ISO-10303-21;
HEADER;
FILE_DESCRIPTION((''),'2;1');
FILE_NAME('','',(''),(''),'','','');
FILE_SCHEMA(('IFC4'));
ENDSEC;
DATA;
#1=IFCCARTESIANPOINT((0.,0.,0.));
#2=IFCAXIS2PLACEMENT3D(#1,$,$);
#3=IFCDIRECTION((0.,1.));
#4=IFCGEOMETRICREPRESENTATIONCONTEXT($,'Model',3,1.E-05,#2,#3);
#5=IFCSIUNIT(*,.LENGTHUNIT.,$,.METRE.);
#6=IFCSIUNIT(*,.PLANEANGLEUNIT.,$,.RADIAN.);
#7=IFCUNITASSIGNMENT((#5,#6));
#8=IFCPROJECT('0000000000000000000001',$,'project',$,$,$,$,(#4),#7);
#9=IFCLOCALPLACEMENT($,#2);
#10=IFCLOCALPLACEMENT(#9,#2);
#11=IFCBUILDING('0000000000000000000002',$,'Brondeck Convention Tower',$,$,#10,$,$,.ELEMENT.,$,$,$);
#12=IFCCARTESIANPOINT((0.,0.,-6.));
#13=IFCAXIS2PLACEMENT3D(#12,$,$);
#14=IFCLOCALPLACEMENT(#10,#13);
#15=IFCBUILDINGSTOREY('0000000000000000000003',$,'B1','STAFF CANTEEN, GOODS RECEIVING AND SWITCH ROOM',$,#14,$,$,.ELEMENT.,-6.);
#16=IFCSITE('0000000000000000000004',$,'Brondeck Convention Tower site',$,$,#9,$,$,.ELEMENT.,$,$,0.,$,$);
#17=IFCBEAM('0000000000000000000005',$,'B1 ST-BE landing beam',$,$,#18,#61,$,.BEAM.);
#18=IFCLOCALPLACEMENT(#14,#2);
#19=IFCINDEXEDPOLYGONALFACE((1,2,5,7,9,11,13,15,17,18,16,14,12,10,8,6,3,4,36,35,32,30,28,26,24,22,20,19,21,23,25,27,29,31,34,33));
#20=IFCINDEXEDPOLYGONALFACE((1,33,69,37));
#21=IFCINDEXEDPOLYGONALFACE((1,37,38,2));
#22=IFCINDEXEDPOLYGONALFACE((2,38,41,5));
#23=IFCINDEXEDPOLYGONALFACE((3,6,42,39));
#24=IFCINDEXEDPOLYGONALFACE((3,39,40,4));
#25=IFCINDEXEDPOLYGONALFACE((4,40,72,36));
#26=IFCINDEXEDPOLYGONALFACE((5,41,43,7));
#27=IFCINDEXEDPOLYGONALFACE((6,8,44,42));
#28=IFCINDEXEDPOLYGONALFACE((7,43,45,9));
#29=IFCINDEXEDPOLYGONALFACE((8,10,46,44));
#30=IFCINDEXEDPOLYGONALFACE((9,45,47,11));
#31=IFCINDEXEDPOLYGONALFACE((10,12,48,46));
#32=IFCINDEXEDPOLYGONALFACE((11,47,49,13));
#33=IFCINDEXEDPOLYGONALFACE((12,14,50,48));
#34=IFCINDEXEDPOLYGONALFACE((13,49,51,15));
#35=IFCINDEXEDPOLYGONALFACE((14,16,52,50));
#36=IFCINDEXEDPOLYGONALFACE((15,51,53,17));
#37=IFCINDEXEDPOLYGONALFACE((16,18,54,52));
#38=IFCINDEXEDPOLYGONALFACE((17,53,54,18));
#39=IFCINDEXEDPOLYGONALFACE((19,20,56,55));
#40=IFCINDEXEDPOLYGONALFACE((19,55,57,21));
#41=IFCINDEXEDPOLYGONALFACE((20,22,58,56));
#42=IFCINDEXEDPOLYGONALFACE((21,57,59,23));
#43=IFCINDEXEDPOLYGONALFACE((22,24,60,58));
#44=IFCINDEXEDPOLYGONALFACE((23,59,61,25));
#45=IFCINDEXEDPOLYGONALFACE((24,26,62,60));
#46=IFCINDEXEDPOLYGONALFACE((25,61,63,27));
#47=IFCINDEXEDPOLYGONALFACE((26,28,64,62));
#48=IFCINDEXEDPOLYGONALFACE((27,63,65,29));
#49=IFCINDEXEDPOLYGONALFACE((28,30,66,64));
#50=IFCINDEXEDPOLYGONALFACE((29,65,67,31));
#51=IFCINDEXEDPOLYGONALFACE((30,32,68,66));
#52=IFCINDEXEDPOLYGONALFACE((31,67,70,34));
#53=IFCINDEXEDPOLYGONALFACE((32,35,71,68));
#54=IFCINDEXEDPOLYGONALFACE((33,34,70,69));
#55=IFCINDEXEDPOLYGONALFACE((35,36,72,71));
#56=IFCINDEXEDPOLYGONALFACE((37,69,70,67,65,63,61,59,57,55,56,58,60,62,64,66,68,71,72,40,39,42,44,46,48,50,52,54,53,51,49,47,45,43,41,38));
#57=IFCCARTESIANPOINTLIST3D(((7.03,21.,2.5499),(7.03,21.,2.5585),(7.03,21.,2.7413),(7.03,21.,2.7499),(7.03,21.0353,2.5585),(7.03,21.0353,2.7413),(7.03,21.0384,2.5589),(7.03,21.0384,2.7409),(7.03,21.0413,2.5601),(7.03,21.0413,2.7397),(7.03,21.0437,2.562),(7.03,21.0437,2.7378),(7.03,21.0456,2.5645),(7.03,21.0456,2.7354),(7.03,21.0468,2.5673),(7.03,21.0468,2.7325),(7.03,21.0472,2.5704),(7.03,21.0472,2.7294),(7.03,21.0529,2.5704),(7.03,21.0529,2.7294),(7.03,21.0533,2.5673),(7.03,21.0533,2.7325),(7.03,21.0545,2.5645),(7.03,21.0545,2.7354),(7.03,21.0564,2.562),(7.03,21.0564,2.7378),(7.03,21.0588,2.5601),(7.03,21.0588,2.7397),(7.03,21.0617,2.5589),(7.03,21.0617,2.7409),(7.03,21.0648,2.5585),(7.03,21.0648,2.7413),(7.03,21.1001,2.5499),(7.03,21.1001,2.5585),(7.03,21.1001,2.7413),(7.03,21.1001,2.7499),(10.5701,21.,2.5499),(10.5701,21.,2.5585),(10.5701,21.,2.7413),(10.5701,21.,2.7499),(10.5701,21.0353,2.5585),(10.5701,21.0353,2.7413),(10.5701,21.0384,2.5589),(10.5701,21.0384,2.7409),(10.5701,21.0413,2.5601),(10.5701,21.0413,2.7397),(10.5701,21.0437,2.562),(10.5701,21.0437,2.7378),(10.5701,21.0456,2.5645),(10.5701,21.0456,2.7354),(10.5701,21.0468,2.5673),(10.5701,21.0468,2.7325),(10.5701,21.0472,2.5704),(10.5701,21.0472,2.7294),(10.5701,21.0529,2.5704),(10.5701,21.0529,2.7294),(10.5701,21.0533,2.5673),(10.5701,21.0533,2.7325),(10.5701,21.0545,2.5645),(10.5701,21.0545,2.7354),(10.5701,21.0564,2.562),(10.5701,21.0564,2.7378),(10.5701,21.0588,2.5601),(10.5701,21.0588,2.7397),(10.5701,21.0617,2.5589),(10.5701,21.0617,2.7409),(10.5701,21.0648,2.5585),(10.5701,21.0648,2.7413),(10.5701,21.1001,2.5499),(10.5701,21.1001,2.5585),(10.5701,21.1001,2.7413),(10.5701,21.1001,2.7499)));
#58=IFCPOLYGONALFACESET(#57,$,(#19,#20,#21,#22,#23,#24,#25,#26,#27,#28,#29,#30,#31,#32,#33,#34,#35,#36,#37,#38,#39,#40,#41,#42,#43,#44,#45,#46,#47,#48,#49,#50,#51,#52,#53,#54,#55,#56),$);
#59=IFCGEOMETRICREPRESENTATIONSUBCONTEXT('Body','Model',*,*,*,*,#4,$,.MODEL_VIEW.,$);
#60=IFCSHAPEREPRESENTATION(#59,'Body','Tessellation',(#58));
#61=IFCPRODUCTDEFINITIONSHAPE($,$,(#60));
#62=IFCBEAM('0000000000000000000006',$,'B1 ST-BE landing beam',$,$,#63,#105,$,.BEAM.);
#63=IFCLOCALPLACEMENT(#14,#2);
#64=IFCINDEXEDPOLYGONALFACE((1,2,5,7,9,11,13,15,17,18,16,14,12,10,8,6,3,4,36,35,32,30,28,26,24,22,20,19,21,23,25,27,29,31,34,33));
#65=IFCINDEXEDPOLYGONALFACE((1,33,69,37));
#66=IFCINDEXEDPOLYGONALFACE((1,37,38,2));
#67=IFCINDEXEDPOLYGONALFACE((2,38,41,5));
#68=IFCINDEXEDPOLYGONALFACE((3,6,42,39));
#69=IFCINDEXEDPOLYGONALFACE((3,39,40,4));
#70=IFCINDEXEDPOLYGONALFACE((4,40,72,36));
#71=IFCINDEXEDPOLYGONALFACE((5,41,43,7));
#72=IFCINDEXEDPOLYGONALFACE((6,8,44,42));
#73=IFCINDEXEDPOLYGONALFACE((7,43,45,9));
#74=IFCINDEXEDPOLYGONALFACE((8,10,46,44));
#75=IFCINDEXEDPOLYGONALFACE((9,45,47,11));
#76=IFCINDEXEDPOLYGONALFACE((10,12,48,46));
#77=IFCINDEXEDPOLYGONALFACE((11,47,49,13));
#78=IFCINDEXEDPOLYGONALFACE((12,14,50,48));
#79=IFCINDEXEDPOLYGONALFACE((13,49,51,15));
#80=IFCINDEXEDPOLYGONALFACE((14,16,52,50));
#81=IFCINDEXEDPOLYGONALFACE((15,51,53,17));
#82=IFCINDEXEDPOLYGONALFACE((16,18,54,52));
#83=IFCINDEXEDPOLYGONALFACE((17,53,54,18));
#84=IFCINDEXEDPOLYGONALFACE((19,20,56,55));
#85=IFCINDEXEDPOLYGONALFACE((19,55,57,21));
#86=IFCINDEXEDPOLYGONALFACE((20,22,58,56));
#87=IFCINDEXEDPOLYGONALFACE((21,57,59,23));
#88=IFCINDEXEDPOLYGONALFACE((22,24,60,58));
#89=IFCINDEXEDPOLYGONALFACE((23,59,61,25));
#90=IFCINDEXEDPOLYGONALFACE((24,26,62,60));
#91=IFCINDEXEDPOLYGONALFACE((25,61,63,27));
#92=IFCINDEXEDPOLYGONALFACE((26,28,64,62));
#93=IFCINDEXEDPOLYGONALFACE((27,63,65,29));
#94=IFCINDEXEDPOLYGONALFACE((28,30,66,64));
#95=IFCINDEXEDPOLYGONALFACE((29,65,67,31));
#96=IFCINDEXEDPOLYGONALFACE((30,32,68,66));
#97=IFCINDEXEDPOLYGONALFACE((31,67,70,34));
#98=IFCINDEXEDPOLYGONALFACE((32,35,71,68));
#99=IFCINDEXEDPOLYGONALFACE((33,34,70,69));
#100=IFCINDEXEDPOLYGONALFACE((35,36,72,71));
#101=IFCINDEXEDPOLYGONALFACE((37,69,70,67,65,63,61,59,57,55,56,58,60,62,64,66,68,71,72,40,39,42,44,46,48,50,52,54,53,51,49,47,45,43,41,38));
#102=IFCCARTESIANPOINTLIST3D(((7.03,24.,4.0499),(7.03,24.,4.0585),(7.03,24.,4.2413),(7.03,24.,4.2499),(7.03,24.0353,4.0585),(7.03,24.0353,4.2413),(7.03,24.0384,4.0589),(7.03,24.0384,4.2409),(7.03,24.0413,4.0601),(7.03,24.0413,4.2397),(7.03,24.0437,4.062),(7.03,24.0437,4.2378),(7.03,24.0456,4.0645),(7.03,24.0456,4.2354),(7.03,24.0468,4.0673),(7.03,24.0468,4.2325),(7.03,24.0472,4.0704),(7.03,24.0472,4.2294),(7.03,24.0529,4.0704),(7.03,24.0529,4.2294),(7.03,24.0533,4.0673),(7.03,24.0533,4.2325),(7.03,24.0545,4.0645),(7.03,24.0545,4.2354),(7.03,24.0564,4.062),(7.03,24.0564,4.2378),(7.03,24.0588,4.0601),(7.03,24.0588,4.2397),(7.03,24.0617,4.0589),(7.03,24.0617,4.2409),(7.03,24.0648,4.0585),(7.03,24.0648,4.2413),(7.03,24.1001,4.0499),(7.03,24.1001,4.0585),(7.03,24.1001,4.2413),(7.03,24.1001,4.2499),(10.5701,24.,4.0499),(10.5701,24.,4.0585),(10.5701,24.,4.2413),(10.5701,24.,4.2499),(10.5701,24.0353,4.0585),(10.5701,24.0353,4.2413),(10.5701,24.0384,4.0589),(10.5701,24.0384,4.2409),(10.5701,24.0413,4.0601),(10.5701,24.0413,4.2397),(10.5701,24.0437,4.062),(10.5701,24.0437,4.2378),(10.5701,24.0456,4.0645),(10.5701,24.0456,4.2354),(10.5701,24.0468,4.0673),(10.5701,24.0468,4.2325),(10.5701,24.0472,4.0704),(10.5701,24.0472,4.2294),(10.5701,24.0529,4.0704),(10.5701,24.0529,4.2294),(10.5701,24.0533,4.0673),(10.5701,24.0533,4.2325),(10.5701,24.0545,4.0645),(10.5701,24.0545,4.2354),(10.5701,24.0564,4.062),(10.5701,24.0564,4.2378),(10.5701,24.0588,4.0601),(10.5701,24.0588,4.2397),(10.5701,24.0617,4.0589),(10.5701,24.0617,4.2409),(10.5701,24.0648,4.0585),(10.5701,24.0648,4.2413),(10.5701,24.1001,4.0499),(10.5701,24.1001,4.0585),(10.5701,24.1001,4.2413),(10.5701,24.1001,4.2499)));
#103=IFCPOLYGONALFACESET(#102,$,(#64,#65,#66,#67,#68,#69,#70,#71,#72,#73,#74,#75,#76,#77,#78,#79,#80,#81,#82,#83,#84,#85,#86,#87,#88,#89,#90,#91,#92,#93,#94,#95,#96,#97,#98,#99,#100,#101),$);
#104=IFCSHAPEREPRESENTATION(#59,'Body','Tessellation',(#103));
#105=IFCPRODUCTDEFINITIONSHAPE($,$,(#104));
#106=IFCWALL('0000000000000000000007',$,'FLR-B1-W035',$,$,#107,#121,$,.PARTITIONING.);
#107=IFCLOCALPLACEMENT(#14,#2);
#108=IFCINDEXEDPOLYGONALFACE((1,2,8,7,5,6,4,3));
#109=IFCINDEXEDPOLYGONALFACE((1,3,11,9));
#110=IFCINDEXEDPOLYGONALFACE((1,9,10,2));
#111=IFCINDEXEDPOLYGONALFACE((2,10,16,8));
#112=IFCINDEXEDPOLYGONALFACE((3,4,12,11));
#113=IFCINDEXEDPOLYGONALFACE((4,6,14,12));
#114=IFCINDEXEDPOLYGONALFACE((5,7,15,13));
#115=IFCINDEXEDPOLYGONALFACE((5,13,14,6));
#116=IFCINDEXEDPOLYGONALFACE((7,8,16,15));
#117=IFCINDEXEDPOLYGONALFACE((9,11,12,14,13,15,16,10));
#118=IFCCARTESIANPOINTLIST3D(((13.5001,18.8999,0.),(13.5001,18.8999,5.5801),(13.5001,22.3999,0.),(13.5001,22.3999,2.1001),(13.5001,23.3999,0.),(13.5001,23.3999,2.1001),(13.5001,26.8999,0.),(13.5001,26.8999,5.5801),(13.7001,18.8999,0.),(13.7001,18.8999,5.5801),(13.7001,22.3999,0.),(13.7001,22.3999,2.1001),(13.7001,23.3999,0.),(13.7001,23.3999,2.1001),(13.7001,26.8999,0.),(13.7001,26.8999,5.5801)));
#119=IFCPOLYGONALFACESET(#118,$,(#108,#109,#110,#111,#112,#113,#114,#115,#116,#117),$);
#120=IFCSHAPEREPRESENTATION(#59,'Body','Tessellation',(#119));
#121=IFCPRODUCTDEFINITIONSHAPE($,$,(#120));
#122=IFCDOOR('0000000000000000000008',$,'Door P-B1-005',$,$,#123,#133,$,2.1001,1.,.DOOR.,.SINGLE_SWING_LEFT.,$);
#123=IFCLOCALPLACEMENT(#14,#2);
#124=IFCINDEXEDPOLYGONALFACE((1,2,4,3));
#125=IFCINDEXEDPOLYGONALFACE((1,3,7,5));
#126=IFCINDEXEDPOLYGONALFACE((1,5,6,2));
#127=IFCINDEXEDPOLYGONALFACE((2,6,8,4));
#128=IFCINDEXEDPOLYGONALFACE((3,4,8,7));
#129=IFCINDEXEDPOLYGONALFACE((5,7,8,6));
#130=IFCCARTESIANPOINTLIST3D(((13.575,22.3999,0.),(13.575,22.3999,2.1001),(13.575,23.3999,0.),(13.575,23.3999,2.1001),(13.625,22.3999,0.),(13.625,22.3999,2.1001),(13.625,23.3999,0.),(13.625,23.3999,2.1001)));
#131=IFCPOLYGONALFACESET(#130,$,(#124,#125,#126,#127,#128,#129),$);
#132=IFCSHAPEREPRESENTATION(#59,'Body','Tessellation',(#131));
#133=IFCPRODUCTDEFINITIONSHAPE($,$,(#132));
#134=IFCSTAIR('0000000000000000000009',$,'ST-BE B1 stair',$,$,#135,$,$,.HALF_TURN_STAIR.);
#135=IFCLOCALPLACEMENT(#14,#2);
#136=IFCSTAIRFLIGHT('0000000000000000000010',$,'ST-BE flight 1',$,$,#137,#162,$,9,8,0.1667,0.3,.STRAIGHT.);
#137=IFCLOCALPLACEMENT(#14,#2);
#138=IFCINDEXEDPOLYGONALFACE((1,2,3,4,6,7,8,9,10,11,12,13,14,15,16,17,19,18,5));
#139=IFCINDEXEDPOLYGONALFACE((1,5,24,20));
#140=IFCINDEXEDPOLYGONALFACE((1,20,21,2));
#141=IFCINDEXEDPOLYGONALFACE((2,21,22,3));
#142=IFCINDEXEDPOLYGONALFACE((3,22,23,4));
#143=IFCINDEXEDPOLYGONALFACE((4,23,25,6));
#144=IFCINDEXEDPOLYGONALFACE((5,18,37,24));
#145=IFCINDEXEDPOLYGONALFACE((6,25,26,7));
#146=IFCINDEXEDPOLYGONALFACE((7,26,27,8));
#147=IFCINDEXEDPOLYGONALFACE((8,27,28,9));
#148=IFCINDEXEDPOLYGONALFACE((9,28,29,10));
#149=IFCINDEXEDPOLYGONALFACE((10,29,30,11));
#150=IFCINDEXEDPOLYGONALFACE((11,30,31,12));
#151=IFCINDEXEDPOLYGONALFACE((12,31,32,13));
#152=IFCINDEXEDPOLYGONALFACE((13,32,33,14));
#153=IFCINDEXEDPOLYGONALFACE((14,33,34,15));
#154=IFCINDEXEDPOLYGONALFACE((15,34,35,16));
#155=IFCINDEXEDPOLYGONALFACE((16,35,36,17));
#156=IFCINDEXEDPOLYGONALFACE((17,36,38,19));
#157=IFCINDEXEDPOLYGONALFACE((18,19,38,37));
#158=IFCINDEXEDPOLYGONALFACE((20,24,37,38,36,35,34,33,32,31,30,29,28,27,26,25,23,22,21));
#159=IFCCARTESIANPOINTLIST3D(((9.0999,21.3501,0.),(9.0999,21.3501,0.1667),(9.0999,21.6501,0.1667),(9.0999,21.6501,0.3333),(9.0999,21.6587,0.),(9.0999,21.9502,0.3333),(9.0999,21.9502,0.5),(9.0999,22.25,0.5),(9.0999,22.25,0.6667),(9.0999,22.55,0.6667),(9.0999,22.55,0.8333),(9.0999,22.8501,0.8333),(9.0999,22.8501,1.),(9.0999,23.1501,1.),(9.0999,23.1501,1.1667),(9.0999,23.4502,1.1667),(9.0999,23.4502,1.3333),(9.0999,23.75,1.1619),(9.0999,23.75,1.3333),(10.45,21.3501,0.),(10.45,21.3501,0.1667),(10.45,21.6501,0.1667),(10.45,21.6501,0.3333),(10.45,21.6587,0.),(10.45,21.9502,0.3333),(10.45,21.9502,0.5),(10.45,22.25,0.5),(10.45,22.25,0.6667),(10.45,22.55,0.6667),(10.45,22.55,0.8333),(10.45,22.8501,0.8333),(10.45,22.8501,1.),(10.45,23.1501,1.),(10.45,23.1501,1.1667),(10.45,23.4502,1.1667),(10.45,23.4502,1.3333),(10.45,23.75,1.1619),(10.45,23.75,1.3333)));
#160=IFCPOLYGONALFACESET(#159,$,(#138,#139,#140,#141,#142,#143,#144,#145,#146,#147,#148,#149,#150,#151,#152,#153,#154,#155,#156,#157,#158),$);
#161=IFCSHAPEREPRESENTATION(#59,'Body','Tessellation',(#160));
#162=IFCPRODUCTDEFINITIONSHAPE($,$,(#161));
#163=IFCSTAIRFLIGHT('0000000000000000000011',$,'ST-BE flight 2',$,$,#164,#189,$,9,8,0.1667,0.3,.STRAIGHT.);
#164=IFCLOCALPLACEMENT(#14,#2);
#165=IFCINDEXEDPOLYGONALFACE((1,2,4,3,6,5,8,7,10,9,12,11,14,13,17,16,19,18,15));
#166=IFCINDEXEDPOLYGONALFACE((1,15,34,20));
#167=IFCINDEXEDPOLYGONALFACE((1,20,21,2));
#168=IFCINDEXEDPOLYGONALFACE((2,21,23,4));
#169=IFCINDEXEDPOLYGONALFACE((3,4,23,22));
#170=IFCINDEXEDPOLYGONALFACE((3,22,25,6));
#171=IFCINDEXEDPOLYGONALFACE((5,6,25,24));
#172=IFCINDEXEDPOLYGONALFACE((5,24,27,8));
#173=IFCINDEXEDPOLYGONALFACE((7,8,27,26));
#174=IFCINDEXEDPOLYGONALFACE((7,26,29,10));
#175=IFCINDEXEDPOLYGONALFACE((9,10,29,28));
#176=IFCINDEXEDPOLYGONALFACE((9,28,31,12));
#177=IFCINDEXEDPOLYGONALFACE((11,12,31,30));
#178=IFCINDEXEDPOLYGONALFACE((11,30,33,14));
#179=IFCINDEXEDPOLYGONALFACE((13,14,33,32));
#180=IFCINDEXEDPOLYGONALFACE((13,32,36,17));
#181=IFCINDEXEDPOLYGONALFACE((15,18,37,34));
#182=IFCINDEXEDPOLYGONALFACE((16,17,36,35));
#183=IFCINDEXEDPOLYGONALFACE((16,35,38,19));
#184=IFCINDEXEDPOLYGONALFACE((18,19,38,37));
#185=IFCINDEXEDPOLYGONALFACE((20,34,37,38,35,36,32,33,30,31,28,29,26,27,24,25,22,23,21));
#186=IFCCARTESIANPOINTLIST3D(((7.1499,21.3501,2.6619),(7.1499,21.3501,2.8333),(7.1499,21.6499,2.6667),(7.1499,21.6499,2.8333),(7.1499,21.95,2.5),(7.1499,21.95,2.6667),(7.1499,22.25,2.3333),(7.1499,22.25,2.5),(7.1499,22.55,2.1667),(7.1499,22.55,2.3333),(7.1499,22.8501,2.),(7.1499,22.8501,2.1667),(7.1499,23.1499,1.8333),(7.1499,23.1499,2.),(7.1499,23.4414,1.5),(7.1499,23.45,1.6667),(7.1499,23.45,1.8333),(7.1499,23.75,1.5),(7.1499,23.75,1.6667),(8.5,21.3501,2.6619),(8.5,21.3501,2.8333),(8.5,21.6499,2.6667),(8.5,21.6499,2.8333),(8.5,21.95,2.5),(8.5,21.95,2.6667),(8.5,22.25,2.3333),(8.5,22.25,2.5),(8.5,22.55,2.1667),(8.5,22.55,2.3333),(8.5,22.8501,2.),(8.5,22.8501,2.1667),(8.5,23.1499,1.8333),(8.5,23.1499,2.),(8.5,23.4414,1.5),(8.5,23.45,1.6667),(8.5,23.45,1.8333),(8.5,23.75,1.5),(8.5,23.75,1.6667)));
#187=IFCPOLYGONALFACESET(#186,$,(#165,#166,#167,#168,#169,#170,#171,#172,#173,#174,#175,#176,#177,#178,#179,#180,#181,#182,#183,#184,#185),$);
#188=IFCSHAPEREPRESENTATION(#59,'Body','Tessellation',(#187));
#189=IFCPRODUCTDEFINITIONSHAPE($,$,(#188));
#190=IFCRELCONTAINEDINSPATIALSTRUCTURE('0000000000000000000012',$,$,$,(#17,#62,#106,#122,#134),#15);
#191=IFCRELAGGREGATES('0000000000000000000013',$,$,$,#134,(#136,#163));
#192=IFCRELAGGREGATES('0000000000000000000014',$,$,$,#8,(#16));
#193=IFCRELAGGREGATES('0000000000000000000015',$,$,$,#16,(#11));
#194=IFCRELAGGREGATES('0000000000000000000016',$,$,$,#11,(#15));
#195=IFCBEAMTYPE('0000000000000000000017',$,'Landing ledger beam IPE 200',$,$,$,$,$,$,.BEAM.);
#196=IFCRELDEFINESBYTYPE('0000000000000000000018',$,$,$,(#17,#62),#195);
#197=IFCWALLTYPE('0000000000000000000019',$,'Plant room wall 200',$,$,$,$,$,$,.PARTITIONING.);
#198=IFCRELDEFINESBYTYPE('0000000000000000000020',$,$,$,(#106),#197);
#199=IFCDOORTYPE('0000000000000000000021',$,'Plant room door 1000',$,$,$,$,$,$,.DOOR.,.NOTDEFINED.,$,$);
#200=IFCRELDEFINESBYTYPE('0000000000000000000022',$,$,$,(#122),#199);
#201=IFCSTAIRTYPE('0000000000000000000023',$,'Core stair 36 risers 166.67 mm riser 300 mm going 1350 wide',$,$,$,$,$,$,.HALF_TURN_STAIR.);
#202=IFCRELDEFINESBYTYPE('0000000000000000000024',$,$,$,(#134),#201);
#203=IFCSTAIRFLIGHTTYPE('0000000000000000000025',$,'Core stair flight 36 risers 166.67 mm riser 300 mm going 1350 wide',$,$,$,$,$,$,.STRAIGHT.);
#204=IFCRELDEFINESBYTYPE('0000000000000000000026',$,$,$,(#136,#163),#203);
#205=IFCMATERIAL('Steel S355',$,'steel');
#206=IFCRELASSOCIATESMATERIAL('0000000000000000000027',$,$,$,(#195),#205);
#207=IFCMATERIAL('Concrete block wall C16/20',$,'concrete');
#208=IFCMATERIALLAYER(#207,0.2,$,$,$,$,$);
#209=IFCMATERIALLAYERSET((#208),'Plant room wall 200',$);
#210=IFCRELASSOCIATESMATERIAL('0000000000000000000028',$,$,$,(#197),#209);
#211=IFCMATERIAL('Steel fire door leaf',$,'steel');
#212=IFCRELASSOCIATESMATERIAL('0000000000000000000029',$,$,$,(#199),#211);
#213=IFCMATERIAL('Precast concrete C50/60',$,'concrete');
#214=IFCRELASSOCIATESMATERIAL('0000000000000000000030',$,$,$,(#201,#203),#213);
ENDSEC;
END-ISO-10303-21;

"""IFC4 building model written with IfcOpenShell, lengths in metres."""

from ifc_helpers import new_model, si_unit, direction, frame, frame_2d, origin, origin_2d, place, context, subcontext, project, spatial, polyline, rectangle, i_section, outline, extrude, material, layer, layer_set, material_profile, profile_set, type_object, element, fill, aggregate, save


model = new_model("IFC4")

# Units and contexts
model_context = context("Model", 3, precision=1e-05, world=origin(), true_north=direction((0.0, 1.0)))
body_context = subcontext(model_context, "Body", "Model", "MODEL_VIEW")
ifc_project = project(units=[si_unit("LENGTHUNIT", "METRE"), si_unit("PLANEANGLEUNIT", "RADIAN")], contexts=[model_context])

# Site, building, storey
site_placement = place(None, origin())
site = spatial("IfcSite", under=ifc_project, at=site_placement, Name="Brondeck Convention Tower site", CompositionType="ELEMENT", RefElevation=0.0)
building_placement = place(site_placement, origin())
building = spatial("IfcBuilding", under=site, at=building_placement, Name="Brondeck Convention Tower", CompositionType="ELEMENT")
storey_placement = place(building_placement, frame((0.0, 0.0, -6.0)))
storey = spatial("IfcBuildingStorey", under=building, at=storey_placement, Name="B1", Description="STAFF CANTEEN, GOODS RECEIVING AND SWITCH ROOM", CompositionType="ELEMENT", Elevation=-6.0)

# Beams
ifc_material_1 = material(Name="Steel S355", Category="steel")
ifc_material_profile_1 = material_profile(ifc_material_1, i_section(OverallWidth=0.1001, OverallDepth=0.2, WebThickness=0.0056, FlangeThickness=0.0085, FilletRadius=0.012, at=origin_2d()), Name="IPE200")
ifc_profile_set_1 = profile_set([ifc_material_profile_1], Name="Steel S355")
beam_type = type_object("IfcBeamType", Name="Landing ledger beam IPE 200", PredefinedType="BEAM", material=ifc_profile_set_1)
for number, where, z_axis, x_axis, name in (
    (1, (10.5701, 21.05, 2.6499), (-1.0, 0.0, 0.0), (0.0, -1.0, 0.0), "B1 ST-BE landing beam"),
    (2, (10.5701, 24.05, 4.1499), (-1.0, 0.0, 0.0), (0.0, -1.0, 0.0), "B1 ST-BE landing beam"),
):
    element("IfcBeam", number, at=place(storey_placement, frame(where, z_axis=z_axis, x_axis=x_axis)), inside=storey, type_object=beam_type, Name=name, PredefinedType="BEAM", context=body_context, shape_type="SweptSolid", body=[
        extrude(i_section(OverallWidth=0.1001, OverallDepth=0.2, WebThickness=0.0056, FlangeThickness=0.0085, FilletRadius=0.012, at=origin_2d()), origin(), (0.0, 0.0, 1.0), 3.54),
    ])

# Wall, opening, door
ifc_material_2 = material(Name="Concrete block wall C16/20", Category="concrete")
ifc_layer = layer(ifc_material_2, 0.2)
ifc_layer_set = layer_set([ifc_layer], Name="Plant room wall 200")
wall_type = type_object("IfcWallType", Name="Plant room wall 200", PredefinedType="PARTITIONING", material=ifc_layer_set)
wall_placement = place(storey_placement, frame((13.6001, 26.8999, 0.0), z_axis=(0.0, 0.0, 1.0), x_axis=(0.0, -1.0, 0.0)))
wall = element("IfcWall", 3, at=wall_placement, inside=storey, type_object=wall_type, Name="FLR-B1-W035", PredefinedType="PARTITIONING", context=body_context, shape_type="SweptSolid", body=[
    extrude(rectangle(XDim=8.0, YDim=0.2, at=frame_2d((4.0, 0.0))), origin(), (0.0, 0.0, 1.0), 5.5801),
])
opening_placement = place(wall_placement, frame((3.5, 0.0, 0.0)))
opening = element("IfcOpeningElement", 4, at=opening_placement, cuts=wall, PredefinedType="OPENING", context=body_context, shape_type="SweptSolid", body=[
    extrude(rectangle(XDim=1.0, YDim=2.1001, at=frame_2d((0.5, 1.05))), frame((0.0, 0.1099, 0.0), z_axis=(0.0, -1.0, 0.0), x_axis=(1.0, 0.0, 0.0)), (0.0, 0.0, 1.0), 0.22),
])
ifc_material_3 = material(Name="Steel fire door leaf", Category="steel")
door_type = type_object("IfcDoorType", Name="Plant room door 1000", OperationType="NOTDEFINED", PredefinedType="DOOR", material=ifc_material_3)
door_placement = place(opening_placement, origin())
door = element("IfcDoor", 5, at=door_placement, inside=storey, type_object=door_type, Name="Door P-B1-005", OperationType="SINGLE_SWING_LEFT", OverallHeight=2.1001, OverallWidth=1.0, PredefinedType="DOOR", context=body_context, shape_type="SweptSolid", body=[
    extrude(rectangle(XDim=1.0, YDim=2.1001, at=frame_2d((0.5, 1.05))), frame((0.0, 0.0249, 0.0), z_axis=(0.0, -1.0, 0.0), x_axis=(1.0, 0.0, 0.0)), (0.0, 0.0, 1.0), 0.05),
])
fill(opening, door)

# Stair, stair flights
ifc_material_4 = material(Name="Precast concrete C50/60", Category="concrete")
stair_type = type_object("IfcStairType", Name="Core stair 36 risers 166.67 mm riser 300 mm going 1350 wide", PredefinedType="HALF_TURN_STAIR", material=ifc_material_4)
stair_placement = place(storey_placement, origin())
stair = element("IfcStair", 6, at=stair_placement, inside=storey, type_object=stair_type, Name="ST-BE B1 stair", PredefinedType="HALF_TURN_STAIR")
stair_flight_type = type_object("IfcStairFlightType", Name="Core stair flight 36 risers 166.67 mm riser 300 mm going 1350 wide", PredefinedType="STRAIGHT", material=ifc_material_4)
stair_flight_1_placement = place(storey_placement, frame((9.7749, 21.3501, 0.0), z_axis=(0.0, 0.0, 1.0), x_axis=(0.0, 1.0, 0.0)))
stair_flight_1 = element("IfcStairFlight", 7, at=stair_flight_1_placement, type_object=stair_flight_type, Name="ST-BE flight 1", NumberOfRisers=9, NumberOfTreads=8, PredefinedType="STRAIGHT", RiserHeight=0.1667, TreadLength=0.3, context=body_context, shape_type="SweptSolid", body=[
    extrude(outline(polyline([(0.0, 0.0), (0.0, 0.1667), (0.3, 0.1667), (0.3, 0.3333), (0.6001, 0.3333), (0.6001, 0.5), (0.8999, 0.5), (0.8999, 0.6667), (1.2, 0.6667), (1.2, 0.8333), (1.5, 0.8333), (1.5, 1.0), (1.8, 1.0), (1.8, 1.1667), (2.1001, 1.1667), (2.1001, 1.3333), (2.3999, 1.3333), (2.3999, 1.5), (2.3999, 1.1619), (0.3086, 0.0), (0.0, 0.0)])), frame((0.0, 0.675, 0.0), z_axis=(0.0, -1.0, 0.0), x_axis=(1.0, 0.0, 0.0)), (0.0, 0.0, 1.0), 1.3501),
])
stair_flight_2_placement = place(storey_placement, frame((7.825, 23.75, 1.5), z_axis=(0.0, 0.0, 1.0), x_axis=(0.0, -1.0, 0.0)))
stair_flight_2 = element("IfcStairFlight", 8, at=stair_flight_2_placement, type_object=stair_flight_type, Name="ST-BE flight 2", NumberOfRisers=9, NumberOfTreads=8, PredefinedType="STRAIGHT", RiserHeight=0.1667, TreadLength=0.3, context=body_context, shape_type="SweptSolid", body=[
    extrude(outline(polyline([(0.0, 0.0), (0.0, 0.1667), (0.3, 0.1667), (0.3, 0.3333), (0.6001, 0.3333), (0.6001, 0.5), (0.8999, 0.5), (0.8999, 0.6667), (1.2, 0.6667), (1.2, 0.8333), (1.5, 0.8333), (1.5, 1.0), (1.8, 1.0), (1.8, 1.1667), (2.1001, 1.1667), (2.1001, 1.3333), (2.3999, 1.3333), (2.3999, 1.5), (2.3999, 1.1619), (0.3086, 0.0), (0.0, 0.0)])), frame((0.0, 0.675, 0.0), z_axis=(0.0, -1.0, 0.0), x_axis=(1.0, 0.0, 0.0)), (0.0, 0.0, 1.0), 1.3501),
])
aggregate(stair, [stair_flight_1, stair_flight_2])

save(model, "model.ifc")
